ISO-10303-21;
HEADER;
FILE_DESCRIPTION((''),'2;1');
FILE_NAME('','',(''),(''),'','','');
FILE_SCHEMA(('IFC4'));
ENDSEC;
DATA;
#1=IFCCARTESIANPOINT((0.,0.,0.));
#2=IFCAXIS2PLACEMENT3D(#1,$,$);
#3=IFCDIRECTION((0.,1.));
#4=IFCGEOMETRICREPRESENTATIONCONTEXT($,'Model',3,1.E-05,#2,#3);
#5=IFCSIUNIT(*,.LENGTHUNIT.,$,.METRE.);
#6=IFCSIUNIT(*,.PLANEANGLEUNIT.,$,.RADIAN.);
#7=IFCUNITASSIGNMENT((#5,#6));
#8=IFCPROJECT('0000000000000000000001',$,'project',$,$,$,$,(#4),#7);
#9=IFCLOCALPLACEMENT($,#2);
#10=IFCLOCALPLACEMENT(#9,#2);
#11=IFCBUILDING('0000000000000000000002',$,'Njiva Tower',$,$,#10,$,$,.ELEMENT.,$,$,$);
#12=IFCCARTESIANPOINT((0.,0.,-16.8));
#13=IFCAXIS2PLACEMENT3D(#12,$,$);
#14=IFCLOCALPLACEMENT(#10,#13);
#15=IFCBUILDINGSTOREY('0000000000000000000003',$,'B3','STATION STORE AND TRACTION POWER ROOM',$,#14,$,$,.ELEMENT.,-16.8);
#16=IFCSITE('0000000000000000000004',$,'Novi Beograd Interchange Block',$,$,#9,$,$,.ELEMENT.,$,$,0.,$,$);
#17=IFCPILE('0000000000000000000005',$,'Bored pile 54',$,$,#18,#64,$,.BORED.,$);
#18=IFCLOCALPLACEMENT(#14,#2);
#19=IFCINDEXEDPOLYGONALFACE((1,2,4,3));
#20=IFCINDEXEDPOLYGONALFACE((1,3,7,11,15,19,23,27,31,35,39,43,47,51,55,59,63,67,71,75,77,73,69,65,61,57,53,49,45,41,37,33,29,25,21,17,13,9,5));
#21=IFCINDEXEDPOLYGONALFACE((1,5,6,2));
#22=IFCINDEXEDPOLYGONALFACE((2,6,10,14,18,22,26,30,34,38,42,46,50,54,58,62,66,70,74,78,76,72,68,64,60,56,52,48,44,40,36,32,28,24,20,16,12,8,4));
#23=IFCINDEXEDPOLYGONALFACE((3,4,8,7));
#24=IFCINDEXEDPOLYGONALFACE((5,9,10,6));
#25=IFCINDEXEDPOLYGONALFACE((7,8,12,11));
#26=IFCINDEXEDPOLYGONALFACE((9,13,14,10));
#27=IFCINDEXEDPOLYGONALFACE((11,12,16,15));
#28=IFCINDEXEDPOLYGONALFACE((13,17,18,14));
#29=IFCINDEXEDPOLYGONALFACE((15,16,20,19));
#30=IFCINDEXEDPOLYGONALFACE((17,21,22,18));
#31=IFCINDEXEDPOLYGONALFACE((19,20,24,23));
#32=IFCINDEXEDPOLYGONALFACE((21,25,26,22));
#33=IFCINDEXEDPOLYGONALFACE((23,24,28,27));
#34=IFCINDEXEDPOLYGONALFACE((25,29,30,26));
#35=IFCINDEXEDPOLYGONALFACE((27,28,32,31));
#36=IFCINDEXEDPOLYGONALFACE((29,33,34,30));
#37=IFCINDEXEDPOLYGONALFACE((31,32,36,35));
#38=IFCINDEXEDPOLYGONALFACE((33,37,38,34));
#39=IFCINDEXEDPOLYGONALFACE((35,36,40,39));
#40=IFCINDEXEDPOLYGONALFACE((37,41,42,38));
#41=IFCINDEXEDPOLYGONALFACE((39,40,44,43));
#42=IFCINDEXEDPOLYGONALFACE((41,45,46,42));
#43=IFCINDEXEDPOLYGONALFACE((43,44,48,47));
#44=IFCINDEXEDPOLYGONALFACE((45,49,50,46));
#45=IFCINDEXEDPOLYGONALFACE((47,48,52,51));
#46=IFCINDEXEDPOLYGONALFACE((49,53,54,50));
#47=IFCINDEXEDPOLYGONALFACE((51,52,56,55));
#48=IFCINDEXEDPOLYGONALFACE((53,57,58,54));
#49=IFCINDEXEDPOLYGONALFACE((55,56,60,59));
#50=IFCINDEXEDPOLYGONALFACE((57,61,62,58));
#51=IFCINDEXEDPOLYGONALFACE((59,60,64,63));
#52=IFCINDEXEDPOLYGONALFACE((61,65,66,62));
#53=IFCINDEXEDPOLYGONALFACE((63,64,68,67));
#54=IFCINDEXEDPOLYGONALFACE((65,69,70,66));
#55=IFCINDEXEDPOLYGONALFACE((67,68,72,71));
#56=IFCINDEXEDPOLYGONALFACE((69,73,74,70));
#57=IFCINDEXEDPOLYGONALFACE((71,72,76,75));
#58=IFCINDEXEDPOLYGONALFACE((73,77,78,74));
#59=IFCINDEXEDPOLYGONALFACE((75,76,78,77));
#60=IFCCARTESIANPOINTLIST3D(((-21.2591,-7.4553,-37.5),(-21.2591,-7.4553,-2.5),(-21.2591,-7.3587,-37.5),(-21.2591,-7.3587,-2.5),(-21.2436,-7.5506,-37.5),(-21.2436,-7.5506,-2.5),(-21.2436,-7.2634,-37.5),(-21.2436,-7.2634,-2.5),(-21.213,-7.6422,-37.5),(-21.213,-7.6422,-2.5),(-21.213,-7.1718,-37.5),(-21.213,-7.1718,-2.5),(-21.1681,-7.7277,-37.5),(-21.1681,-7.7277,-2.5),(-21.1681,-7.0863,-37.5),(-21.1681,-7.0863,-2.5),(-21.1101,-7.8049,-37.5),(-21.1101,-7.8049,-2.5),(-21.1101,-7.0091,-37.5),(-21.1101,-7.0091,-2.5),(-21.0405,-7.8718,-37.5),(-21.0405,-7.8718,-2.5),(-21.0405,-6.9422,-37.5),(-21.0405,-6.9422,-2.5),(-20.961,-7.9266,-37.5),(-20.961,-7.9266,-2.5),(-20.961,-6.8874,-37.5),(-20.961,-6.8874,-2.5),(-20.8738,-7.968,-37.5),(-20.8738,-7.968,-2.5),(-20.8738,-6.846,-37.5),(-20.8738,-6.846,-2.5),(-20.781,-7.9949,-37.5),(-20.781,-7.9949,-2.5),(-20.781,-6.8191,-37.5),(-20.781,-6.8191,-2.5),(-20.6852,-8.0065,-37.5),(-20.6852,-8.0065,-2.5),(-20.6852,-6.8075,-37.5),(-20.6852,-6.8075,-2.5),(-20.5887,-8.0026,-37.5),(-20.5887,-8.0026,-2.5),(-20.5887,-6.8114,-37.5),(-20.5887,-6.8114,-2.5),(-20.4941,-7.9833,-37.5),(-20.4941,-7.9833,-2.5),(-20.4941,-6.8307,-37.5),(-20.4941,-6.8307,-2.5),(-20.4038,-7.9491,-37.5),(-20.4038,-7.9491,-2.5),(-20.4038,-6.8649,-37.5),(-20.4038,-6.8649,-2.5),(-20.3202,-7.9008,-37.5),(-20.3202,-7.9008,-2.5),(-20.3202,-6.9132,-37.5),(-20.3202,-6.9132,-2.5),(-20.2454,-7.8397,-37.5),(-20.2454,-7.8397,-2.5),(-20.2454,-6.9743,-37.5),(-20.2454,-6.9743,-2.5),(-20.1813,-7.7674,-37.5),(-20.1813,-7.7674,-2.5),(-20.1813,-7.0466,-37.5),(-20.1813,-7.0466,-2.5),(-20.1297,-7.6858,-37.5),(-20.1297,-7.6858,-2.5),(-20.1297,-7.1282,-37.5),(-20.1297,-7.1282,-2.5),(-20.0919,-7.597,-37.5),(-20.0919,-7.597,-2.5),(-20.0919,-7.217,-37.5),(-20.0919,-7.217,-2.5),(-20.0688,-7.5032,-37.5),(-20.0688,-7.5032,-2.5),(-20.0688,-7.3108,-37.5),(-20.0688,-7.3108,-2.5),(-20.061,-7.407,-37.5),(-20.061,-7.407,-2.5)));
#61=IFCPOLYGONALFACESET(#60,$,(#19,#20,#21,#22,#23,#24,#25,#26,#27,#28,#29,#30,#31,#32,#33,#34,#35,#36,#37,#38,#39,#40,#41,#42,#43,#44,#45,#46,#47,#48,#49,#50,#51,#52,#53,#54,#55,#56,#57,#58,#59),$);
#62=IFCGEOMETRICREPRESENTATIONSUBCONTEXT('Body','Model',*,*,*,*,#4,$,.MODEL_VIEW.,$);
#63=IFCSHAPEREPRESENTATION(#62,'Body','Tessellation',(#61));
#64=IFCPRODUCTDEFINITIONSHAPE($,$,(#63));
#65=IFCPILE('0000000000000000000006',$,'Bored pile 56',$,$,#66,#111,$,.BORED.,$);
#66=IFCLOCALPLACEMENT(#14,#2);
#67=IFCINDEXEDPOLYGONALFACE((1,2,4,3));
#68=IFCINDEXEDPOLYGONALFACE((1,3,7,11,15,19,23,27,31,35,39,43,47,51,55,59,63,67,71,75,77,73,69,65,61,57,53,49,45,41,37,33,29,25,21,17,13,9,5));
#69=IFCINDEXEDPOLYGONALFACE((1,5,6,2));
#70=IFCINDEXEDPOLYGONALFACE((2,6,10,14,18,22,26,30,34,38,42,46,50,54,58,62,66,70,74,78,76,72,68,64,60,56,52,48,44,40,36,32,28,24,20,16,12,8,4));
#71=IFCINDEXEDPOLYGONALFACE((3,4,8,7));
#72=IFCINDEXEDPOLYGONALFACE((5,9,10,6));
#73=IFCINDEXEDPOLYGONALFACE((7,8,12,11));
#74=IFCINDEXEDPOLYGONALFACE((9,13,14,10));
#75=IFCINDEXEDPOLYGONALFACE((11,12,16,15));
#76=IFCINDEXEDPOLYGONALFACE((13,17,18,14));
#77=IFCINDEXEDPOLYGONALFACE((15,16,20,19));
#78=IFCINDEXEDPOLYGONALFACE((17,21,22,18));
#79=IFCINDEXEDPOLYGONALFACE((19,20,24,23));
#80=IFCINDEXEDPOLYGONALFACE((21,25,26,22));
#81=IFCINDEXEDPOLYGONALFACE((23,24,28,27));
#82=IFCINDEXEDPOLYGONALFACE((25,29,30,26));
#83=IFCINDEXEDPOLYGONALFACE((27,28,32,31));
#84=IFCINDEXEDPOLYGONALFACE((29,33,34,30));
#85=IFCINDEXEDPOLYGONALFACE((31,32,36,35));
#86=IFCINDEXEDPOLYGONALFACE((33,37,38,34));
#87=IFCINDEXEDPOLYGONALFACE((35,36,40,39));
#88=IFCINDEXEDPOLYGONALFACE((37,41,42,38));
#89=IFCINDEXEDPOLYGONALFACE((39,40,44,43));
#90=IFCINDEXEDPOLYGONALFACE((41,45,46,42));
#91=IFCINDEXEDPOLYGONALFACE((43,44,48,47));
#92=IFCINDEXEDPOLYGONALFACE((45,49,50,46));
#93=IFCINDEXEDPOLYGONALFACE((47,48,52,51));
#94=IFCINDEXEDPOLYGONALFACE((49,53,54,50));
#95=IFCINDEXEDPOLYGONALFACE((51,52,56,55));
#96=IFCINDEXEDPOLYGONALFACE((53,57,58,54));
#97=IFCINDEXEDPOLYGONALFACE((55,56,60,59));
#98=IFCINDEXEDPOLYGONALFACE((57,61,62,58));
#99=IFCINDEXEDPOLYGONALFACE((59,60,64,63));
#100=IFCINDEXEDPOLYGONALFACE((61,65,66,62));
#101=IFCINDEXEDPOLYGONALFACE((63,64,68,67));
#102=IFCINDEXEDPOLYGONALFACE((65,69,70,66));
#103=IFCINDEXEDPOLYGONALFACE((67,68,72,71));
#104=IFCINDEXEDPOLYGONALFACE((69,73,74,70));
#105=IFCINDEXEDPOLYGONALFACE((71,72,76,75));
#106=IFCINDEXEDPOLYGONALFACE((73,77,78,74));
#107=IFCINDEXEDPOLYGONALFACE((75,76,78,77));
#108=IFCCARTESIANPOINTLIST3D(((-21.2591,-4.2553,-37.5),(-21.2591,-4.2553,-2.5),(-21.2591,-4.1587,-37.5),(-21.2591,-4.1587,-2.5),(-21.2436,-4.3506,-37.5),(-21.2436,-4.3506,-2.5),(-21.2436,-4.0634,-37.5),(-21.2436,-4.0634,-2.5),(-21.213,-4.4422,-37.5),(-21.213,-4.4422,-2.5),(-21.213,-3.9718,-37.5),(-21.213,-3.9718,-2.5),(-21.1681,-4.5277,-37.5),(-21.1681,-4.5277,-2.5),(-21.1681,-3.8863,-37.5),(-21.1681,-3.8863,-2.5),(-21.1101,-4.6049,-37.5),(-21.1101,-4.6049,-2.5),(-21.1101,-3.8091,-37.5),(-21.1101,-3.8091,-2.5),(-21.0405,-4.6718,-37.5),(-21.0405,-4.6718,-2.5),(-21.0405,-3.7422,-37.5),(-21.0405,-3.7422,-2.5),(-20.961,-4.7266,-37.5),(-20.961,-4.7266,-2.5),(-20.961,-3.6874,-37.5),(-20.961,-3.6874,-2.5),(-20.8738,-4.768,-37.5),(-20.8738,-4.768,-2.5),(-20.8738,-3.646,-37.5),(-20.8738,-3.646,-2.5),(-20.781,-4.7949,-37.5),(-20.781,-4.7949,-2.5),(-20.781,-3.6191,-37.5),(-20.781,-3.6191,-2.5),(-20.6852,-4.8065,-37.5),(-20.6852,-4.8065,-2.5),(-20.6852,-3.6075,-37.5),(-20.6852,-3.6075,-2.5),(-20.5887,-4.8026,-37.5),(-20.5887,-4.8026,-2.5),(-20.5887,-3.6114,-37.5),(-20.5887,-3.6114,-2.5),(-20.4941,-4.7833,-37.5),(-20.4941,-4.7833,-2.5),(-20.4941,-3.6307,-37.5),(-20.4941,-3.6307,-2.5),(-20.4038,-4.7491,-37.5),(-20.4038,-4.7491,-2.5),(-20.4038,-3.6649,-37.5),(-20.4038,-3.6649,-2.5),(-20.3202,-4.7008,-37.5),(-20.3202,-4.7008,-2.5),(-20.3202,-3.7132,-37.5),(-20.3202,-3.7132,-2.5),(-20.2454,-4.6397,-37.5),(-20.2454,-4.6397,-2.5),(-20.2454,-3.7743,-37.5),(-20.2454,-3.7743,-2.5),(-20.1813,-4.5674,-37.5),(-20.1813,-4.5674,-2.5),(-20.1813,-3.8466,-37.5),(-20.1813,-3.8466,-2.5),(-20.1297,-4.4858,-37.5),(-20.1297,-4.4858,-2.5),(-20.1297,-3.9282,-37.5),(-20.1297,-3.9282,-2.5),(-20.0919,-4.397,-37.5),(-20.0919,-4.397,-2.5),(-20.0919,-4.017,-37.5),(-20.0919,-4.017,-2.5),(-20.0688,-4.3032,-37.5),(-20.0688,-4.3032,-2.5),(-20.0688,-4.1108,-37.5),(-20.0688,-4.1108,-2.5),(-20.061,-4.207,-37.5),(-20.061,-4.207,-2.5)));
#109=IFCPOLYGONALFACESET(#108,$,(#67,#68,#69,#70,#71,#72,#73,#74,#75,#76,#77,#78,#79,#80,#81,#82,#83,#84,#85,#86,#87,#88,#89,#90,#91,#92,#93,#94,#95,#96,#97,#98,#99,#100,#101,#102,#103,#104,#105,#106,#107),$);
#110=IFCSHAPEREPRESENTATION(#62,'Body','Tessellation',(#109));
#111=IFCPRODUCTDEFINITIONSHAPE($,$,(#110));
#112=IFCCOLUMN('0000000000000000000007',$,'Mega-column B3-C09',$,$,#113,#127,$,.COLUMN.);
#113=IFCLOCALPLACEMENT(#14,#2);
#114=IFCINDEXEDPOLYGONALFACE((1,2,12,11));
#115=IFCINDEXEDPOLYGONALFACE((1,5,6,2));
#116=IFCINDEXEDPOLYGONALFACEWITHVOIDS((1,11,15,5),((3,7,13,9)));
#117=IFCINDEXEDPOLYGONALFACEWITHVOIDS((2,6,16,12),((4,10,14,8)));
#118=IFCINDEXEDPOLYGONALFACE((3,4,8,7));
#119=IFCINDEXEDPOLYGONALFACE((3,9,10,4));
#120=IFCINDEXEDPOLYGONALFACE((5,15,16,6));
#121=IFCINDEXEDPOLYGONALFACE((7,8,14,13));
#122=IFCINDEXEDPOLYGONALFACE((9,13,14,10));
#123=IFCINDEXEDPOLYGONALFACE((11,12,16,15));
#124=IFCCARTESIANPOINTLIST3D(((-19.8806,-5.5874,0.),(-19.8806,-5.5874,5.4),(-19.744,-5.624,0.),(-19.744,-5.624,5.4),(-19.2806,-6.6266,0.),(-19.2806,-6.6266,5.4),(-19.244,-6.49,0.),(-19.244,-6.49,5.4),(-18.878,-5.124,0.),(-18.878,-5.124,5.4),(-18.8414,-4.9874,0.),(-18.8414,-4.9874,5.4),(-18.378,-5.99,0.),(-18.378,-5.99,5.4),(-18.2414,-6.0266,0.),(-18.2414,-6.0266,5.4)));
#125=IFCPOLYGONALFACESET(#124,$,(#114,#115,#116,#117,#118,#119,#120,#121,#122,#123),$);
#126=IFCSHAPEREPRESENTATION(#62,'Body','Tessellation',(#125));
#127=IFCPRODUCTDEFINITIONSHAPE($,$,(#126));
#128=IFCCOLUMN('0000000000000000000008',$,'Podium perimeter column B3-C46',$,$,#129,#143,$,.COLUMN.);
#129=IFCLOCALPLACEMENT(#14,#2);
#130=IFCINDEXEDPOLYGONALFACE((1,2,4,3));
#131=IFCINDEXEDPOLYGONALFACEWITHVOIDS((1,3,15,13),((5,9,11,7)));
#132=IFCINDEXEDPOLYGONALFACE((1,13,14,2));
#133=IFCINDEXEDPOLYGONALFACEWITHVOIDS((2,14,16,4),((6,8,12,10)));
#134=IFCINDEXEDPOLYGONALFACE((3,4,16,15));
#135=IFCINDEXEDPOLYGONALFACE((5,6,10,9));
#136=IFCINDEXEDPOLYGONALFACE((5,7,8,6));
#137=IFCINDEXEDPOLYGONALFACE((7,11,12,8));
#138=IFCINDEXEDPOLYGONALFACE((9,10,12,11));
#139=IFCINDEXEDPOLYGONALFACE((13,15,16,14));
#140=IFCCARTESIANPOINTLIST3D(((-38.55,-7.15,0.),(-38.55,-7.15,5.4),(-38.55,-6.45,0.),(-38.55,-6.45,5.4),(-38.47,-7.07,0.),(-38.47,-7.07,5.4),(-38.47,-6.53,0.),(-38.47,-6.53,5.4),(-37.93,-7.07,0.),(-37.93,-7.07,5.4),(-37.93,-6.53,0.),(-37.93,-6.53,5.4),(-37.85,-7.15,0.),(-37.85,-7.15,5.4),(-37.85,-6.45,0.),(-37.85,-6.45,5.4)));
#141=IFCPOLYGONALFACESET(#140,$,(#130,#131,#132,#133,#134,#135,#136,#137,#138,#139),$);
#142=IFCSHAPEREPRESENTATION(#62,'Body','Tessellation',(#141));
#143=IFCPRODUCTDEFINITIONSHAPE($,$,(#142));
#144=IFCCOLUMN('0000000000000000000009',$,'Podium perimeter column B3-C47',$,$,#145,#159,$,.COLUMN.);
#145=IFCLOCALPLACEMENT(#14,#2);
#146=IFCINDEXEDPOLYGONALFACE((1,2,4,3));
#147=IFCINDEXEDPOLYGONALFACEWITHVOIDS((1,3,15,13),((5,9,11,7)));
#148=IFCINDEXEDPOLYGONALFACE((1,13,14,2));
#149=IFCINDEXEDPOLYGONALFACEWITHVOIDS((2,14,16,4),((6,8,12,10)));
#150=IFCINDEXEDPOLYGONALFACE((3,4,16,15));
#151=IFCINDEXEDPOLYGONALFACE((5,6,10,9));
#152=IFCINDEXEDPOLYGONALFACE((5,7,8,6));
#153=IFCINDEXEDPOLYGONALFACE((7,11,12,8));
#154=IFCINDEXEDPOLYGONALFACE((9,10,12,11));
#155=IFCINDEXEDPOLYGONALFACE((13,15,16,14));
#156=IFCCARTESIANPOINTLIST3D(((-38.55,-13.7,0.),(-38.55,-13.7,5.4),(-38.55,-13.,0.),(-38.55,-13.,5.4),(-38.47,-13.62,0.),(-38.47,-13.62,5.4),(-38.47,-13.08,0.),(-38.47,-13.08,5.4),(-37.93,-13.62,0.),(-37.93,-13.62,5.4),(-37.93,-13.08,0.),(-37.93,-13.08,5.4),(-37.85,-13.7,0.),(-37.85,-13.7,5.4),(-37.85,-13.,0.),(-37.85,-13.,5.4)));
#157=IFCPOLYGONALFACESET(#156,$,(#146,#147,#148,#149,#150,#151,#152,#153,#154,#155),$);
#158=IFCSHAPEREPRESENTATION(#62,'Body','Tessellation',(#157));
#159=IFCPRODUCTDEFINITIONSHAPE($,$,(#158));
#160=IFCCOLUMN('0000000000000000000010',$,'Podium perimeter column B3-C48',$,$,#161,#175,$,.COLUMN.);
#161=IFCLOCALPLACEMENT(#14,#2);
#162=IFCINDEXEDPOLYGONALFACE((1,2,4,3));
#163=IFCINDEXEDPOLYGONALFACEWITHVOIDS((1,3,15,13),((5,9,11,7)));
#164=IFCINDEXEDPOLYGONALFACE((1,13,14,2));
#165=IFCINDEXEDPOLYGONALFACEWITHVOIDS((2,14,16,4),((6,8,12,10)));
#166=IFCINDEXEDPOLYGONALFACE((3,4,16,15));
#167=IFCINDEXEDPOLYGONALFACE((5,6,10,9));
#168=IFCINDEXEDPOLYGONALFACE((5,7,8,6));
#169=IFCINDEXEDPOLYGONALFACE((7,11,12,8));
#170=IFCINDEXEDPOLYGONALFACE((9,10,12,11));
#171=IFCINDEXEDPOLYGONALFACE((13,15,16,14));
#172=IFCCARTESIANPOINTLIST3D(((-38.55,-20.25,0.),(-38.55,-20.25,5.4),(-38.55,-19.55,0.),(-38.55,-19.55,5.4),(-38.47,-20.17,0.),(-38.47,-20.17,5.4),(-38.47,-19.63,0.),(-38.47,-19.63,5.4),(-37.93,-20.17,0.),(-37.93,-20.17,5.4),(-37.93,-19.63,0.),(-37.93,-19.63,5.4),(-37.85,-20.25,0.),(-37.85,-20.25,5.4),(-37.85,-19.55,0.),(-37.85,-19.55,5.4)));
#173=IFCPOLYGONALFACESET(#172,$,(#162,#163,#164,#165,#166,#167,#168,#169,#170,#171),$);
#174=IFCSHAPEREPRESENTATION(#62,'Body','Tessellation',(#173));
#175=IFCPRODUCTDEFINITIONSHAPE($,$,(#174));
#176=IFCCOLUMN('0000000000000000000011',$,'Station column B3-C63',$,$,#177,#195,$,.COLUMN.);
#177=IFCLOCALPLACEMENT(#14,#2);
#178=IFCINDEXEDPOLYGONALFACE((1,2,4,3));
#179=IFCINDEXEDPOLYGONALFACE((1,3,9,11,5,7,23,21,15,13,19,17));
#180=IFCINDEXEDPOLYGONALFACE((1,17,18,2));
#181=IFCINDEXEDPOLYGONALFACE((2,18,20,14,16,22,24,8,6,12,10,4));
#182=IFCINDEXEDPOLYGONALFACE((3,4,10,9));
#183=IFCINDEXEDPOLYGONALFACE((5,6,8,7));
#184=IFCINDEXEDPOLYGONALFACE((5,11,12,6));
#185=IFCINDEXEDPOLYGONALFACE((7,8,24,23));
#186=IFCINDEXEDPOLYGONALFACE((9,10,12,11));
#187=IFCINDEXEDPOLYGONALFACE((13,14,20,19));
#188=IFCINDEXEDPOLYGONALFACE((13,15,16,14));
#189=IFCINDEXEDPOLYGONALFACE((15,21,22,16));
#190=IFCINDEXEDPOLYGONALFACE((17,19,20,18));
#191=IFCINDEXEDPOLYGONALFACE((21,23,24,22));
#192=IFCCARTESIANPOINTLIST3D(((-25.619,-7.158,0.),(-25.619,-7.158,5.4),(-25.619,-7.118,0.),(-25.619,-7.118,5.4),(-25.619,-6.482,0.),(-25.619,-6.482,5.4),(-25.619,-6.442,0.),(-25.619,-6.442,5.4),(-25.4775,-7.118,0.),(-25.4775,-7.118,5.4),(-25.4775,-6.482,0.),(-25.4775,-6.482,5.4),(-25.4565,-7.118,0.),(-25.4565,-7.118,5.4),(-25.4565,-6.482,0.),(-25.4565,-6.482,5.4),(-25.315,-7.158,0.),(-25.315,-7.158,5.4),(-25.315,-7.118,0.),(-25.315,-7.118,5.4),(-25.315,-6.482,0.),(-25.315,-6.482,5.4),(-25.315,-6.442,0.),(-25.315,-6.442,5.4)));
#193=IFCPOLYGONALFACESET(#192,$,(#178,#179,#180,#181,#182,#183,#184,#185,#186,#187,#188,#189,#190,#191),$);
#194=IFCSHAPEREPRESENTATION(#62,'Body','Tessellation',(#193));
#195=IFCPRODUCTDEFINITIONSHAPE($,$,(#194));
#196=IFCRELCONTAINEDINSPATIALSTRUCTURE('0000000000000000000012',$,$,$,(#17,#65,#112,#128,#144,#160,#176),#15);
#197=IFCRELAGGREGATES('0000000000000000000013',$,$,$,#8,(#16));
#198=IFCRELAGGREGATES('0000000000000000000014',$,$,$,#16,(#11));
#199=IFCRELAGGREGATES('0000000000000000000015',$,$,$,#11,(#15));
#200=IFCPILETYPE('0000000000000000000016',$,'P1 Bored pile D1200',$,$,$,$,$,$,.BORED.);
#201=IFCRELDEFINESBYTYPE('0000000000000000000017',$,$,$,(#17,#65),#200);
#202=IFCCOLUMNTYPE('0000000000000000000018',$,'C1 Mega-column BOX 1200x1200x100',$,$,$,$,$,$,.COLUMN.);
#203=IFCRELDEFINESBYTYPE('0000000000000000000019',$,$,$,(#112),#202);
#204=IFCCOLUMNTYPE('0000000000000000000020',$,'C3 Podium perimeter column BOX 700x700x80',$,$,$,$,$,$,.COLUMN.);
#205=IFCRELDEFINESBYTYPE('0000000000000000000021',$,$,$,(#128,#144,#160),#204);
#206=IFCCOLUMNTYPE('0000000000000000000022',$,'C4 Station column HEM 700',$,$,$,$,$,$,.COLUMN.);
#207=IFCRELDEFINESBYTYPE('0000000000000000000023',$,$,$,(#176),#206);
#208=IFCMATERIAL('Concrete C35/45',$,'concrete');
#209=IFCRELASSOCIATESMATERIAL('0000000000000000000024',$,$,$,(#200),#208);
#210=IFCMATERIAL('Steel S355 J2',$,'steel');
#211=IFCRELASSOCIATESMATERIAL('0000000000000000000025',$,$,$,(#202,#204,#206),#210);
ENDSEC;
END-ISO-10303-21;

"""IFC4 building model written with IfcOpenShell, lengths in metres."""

from ifc_helpers import new_model, si_unit, direction, frame, origin, origin_2d, place, context, subcontext, project, spatial, hollow_rectangle, circle, i_section, extrude, material, material_profile, profile_set, type_object, element, save


model = new_model("IFC4")

# Units and contexts
model_context = context("Model", 3, precision=1e-05, world=origin(), true_north=direction((0.0, 1.0)))
body_context = subcontext(model_context, "Body", "Model", "MODEL_VIEW")
ifc_project = project(units=[si_unit("LENGTHUNIT", "METRE"), si_unit("PLANEANGLEUNIT", "RADIAN")], contexts=[model_context])

# Site, building, storey
site_placement = place(None, origin())
site = spatial("IfcSite", under=ifc_project, at=site_placement, Name="Novi Beograd Interchange Block", CompositionType="ELEMENT", RefElevation=0.0)
building_placement = place(site_placement, origin())
building = spatial("IfcBuilding", under=site, at=building_placement, Name="Njiva Tower", CompositionType="ELEMENT")
storey_placement = place(building_placement, frame((0.0, 0.0, -16.8)))
storey = spatial("IfcBuildingStorey", under=building, at=storey_placement, Name="B3", Description="STATION STORE AND TRACTION POWER ROOM", CompositionType="ELEMENT", Elevation=-16.8)

# Piles
ifc_material_1 = material(Name="Concrete C35/45", Category="concrete")
ifc_material_profile_1 = material_profile(ifc_material_1, circle(Radius=0.6, at=origin_2d()), Name="D1200")
ifc_profile_set_1 = profile_set([ifc_material_profile_1], Name="Concrete C35/45")
pile_type = type_object("IfcPileType", Name="P1 Bored pile D1200", PredefinedType="BORED", material=ifc_profile_set_1)
for number, where, z_axis, x_axis, name in (
    (1, (-20.661, -7.407, -2.5), (0.0, 0.0, -1.0), (1.0, 0.0, 0.0), "Bored pile 54"),
    (2, (-20.661, -4.207, -2.5), (0.0, 0.0, -1.0), (1.0, 0.0, 0.0), "Bored pile 56"),
):
    element("IfcPile", number, at=place(storey_placement, frame(where, z_axis=z_axis, x_axis=x_axis)), inside=storey, type_object=pile_type, Name=name, PredefinedType="BORED", context=body_context, shape_type="SweptSolid", body=[
        extrude(circle(Radius=0.6, at=origin_2d()), origin(), (0.0, 0.0, 1.0), 35.0),
    ])

# Columns
ifc_material_2 = material(Name="Steel S355 J2", Category="steel")
ifc_material_profile_2 = material_profile(ifc_material_2, hollow_rectangle(XDim=1.2, YDim=1.2, WallThickness=0.1, at=origin_2d()), Name="BOX 1200x1200x100")
ifc_profile_set_2 = profile_set([ifc_material_profile_2], Name="Steel S355 J2")
column_type_1 = type_object("IfcColumnType", Name="C1 Mega-column BOX 1200x1200x100", PredefinedType="COLUMN", material=ifc_profile_set_2)
column_placement = place(storey_placement, frame((-19.061, -5.807, 0.0), z_axis=(0.0, 0.0, 1.0), x_axis=(0.5, -0.866025, 0.0)))
element("IfcColumn", 3, at=column_placement, inside=storey, type_object=column_type_1, Name="Mega-column B3-C09", PredefinedType="COLUMN", context=body_context, shape_type="SweptSolid", body=[
    extrude(hollow_rectangle(XDim=1.2, YDim=1.2, WallThickness=0.1, at=origin_2d()), origin(), (0.0, 0.0, 1.0), 5.4),
])
ifc_material_profile_3 = material_profile(ifc_material_2, hollow_rectangle(XDim=0.7, YDim=0.7, WallThickness=0.08, at=origin_2d()), Name="BOX 700x700x80")
ifc_profile_set_3 = profile_set([ifc_material_profile_3], Name="Steel S355 J2")
column_type_2 = type_object("IfcColumnType", Name="C3 Podium perimeter column BOX 700x700x80", PredefinedType="COLUMN", material=ifc_profile_set_3)
for number, where, z_axis, x_axis, name in (
    (4, (-38.2, -6.8, 0.0), (0.0, 0.0, 1.0), (0.0, -1.0, 0.0), "Podium perimeter column B3-C46"),
    (5, (-38.2, -13.35, 0.0), (0.0, 0.0, 1.0), (0.0, -1.0, 0.0), "Podium perimeter column B3-C47"),
    (6, (-38.2, -19.9, 0.0), (0.0, 0.0, 1.0), (0.0, -1.0, 0.0), "Podium perimeter column B3-C48"),
):
    element("IfcColumn", number, at=place(storey_placement, frame(where, z_axis=z_axis, x_axis=x_axis)), inside=storey, type_object=column_type_2, Name=name, PredefinedType="COLUMN", context=body_context, shape_type="SweptSolid", body=[
        extrude(hollow_rectangle(XDim=0.7, YDim=0.7, WallThickness=0.08, at=origin_2d()), origin(), (0.0, 0.0, 1.0), 5.4),
    ])
ifc_material_profile_4 = material_profile(ifc_material_2, i_section(OverallWidth=0.304, OverallDepth=0.716, WebThickness=0.021, FlangeThickness=0.04, at=origin_2d()), Name="HEM 700")
ifc_profile_set_4 = profile_set([ifc_material_profile_4], Name="Steel S355 J2")
column_type_3 = type_object("IfcColumnType", Name="C4 Station column HEM 700", PredefinedType="COLUMN", material=ifc_profile_set_4)
for number, where, z_axis, x_axis, name in (
    (7, (-25.467, -6.8, 0.0), (0.0, 0.0, 1.0), (1.0, 0.0, 0.0), "Station column B3-C63"),
):
    element("IfcColumn", number, at=place(storey_placement, frame(where, z_axis=z_axis, x_axis=x_axis)), inside=storey, type_object=column_type_3, Name=name, PredefinedType="COLUMN", context=body_context, shape_type="SweptSolid", body=[
        extrude(i_section(OverallWidth=0.304, OverallDepth=0.716, WebThickness=0.021, FlangeThickness=0.04, at=origin_2d()), origin(), (0.0, 0.0, 1.0), 5.4),
    ])

save(model, "model.ifc")
